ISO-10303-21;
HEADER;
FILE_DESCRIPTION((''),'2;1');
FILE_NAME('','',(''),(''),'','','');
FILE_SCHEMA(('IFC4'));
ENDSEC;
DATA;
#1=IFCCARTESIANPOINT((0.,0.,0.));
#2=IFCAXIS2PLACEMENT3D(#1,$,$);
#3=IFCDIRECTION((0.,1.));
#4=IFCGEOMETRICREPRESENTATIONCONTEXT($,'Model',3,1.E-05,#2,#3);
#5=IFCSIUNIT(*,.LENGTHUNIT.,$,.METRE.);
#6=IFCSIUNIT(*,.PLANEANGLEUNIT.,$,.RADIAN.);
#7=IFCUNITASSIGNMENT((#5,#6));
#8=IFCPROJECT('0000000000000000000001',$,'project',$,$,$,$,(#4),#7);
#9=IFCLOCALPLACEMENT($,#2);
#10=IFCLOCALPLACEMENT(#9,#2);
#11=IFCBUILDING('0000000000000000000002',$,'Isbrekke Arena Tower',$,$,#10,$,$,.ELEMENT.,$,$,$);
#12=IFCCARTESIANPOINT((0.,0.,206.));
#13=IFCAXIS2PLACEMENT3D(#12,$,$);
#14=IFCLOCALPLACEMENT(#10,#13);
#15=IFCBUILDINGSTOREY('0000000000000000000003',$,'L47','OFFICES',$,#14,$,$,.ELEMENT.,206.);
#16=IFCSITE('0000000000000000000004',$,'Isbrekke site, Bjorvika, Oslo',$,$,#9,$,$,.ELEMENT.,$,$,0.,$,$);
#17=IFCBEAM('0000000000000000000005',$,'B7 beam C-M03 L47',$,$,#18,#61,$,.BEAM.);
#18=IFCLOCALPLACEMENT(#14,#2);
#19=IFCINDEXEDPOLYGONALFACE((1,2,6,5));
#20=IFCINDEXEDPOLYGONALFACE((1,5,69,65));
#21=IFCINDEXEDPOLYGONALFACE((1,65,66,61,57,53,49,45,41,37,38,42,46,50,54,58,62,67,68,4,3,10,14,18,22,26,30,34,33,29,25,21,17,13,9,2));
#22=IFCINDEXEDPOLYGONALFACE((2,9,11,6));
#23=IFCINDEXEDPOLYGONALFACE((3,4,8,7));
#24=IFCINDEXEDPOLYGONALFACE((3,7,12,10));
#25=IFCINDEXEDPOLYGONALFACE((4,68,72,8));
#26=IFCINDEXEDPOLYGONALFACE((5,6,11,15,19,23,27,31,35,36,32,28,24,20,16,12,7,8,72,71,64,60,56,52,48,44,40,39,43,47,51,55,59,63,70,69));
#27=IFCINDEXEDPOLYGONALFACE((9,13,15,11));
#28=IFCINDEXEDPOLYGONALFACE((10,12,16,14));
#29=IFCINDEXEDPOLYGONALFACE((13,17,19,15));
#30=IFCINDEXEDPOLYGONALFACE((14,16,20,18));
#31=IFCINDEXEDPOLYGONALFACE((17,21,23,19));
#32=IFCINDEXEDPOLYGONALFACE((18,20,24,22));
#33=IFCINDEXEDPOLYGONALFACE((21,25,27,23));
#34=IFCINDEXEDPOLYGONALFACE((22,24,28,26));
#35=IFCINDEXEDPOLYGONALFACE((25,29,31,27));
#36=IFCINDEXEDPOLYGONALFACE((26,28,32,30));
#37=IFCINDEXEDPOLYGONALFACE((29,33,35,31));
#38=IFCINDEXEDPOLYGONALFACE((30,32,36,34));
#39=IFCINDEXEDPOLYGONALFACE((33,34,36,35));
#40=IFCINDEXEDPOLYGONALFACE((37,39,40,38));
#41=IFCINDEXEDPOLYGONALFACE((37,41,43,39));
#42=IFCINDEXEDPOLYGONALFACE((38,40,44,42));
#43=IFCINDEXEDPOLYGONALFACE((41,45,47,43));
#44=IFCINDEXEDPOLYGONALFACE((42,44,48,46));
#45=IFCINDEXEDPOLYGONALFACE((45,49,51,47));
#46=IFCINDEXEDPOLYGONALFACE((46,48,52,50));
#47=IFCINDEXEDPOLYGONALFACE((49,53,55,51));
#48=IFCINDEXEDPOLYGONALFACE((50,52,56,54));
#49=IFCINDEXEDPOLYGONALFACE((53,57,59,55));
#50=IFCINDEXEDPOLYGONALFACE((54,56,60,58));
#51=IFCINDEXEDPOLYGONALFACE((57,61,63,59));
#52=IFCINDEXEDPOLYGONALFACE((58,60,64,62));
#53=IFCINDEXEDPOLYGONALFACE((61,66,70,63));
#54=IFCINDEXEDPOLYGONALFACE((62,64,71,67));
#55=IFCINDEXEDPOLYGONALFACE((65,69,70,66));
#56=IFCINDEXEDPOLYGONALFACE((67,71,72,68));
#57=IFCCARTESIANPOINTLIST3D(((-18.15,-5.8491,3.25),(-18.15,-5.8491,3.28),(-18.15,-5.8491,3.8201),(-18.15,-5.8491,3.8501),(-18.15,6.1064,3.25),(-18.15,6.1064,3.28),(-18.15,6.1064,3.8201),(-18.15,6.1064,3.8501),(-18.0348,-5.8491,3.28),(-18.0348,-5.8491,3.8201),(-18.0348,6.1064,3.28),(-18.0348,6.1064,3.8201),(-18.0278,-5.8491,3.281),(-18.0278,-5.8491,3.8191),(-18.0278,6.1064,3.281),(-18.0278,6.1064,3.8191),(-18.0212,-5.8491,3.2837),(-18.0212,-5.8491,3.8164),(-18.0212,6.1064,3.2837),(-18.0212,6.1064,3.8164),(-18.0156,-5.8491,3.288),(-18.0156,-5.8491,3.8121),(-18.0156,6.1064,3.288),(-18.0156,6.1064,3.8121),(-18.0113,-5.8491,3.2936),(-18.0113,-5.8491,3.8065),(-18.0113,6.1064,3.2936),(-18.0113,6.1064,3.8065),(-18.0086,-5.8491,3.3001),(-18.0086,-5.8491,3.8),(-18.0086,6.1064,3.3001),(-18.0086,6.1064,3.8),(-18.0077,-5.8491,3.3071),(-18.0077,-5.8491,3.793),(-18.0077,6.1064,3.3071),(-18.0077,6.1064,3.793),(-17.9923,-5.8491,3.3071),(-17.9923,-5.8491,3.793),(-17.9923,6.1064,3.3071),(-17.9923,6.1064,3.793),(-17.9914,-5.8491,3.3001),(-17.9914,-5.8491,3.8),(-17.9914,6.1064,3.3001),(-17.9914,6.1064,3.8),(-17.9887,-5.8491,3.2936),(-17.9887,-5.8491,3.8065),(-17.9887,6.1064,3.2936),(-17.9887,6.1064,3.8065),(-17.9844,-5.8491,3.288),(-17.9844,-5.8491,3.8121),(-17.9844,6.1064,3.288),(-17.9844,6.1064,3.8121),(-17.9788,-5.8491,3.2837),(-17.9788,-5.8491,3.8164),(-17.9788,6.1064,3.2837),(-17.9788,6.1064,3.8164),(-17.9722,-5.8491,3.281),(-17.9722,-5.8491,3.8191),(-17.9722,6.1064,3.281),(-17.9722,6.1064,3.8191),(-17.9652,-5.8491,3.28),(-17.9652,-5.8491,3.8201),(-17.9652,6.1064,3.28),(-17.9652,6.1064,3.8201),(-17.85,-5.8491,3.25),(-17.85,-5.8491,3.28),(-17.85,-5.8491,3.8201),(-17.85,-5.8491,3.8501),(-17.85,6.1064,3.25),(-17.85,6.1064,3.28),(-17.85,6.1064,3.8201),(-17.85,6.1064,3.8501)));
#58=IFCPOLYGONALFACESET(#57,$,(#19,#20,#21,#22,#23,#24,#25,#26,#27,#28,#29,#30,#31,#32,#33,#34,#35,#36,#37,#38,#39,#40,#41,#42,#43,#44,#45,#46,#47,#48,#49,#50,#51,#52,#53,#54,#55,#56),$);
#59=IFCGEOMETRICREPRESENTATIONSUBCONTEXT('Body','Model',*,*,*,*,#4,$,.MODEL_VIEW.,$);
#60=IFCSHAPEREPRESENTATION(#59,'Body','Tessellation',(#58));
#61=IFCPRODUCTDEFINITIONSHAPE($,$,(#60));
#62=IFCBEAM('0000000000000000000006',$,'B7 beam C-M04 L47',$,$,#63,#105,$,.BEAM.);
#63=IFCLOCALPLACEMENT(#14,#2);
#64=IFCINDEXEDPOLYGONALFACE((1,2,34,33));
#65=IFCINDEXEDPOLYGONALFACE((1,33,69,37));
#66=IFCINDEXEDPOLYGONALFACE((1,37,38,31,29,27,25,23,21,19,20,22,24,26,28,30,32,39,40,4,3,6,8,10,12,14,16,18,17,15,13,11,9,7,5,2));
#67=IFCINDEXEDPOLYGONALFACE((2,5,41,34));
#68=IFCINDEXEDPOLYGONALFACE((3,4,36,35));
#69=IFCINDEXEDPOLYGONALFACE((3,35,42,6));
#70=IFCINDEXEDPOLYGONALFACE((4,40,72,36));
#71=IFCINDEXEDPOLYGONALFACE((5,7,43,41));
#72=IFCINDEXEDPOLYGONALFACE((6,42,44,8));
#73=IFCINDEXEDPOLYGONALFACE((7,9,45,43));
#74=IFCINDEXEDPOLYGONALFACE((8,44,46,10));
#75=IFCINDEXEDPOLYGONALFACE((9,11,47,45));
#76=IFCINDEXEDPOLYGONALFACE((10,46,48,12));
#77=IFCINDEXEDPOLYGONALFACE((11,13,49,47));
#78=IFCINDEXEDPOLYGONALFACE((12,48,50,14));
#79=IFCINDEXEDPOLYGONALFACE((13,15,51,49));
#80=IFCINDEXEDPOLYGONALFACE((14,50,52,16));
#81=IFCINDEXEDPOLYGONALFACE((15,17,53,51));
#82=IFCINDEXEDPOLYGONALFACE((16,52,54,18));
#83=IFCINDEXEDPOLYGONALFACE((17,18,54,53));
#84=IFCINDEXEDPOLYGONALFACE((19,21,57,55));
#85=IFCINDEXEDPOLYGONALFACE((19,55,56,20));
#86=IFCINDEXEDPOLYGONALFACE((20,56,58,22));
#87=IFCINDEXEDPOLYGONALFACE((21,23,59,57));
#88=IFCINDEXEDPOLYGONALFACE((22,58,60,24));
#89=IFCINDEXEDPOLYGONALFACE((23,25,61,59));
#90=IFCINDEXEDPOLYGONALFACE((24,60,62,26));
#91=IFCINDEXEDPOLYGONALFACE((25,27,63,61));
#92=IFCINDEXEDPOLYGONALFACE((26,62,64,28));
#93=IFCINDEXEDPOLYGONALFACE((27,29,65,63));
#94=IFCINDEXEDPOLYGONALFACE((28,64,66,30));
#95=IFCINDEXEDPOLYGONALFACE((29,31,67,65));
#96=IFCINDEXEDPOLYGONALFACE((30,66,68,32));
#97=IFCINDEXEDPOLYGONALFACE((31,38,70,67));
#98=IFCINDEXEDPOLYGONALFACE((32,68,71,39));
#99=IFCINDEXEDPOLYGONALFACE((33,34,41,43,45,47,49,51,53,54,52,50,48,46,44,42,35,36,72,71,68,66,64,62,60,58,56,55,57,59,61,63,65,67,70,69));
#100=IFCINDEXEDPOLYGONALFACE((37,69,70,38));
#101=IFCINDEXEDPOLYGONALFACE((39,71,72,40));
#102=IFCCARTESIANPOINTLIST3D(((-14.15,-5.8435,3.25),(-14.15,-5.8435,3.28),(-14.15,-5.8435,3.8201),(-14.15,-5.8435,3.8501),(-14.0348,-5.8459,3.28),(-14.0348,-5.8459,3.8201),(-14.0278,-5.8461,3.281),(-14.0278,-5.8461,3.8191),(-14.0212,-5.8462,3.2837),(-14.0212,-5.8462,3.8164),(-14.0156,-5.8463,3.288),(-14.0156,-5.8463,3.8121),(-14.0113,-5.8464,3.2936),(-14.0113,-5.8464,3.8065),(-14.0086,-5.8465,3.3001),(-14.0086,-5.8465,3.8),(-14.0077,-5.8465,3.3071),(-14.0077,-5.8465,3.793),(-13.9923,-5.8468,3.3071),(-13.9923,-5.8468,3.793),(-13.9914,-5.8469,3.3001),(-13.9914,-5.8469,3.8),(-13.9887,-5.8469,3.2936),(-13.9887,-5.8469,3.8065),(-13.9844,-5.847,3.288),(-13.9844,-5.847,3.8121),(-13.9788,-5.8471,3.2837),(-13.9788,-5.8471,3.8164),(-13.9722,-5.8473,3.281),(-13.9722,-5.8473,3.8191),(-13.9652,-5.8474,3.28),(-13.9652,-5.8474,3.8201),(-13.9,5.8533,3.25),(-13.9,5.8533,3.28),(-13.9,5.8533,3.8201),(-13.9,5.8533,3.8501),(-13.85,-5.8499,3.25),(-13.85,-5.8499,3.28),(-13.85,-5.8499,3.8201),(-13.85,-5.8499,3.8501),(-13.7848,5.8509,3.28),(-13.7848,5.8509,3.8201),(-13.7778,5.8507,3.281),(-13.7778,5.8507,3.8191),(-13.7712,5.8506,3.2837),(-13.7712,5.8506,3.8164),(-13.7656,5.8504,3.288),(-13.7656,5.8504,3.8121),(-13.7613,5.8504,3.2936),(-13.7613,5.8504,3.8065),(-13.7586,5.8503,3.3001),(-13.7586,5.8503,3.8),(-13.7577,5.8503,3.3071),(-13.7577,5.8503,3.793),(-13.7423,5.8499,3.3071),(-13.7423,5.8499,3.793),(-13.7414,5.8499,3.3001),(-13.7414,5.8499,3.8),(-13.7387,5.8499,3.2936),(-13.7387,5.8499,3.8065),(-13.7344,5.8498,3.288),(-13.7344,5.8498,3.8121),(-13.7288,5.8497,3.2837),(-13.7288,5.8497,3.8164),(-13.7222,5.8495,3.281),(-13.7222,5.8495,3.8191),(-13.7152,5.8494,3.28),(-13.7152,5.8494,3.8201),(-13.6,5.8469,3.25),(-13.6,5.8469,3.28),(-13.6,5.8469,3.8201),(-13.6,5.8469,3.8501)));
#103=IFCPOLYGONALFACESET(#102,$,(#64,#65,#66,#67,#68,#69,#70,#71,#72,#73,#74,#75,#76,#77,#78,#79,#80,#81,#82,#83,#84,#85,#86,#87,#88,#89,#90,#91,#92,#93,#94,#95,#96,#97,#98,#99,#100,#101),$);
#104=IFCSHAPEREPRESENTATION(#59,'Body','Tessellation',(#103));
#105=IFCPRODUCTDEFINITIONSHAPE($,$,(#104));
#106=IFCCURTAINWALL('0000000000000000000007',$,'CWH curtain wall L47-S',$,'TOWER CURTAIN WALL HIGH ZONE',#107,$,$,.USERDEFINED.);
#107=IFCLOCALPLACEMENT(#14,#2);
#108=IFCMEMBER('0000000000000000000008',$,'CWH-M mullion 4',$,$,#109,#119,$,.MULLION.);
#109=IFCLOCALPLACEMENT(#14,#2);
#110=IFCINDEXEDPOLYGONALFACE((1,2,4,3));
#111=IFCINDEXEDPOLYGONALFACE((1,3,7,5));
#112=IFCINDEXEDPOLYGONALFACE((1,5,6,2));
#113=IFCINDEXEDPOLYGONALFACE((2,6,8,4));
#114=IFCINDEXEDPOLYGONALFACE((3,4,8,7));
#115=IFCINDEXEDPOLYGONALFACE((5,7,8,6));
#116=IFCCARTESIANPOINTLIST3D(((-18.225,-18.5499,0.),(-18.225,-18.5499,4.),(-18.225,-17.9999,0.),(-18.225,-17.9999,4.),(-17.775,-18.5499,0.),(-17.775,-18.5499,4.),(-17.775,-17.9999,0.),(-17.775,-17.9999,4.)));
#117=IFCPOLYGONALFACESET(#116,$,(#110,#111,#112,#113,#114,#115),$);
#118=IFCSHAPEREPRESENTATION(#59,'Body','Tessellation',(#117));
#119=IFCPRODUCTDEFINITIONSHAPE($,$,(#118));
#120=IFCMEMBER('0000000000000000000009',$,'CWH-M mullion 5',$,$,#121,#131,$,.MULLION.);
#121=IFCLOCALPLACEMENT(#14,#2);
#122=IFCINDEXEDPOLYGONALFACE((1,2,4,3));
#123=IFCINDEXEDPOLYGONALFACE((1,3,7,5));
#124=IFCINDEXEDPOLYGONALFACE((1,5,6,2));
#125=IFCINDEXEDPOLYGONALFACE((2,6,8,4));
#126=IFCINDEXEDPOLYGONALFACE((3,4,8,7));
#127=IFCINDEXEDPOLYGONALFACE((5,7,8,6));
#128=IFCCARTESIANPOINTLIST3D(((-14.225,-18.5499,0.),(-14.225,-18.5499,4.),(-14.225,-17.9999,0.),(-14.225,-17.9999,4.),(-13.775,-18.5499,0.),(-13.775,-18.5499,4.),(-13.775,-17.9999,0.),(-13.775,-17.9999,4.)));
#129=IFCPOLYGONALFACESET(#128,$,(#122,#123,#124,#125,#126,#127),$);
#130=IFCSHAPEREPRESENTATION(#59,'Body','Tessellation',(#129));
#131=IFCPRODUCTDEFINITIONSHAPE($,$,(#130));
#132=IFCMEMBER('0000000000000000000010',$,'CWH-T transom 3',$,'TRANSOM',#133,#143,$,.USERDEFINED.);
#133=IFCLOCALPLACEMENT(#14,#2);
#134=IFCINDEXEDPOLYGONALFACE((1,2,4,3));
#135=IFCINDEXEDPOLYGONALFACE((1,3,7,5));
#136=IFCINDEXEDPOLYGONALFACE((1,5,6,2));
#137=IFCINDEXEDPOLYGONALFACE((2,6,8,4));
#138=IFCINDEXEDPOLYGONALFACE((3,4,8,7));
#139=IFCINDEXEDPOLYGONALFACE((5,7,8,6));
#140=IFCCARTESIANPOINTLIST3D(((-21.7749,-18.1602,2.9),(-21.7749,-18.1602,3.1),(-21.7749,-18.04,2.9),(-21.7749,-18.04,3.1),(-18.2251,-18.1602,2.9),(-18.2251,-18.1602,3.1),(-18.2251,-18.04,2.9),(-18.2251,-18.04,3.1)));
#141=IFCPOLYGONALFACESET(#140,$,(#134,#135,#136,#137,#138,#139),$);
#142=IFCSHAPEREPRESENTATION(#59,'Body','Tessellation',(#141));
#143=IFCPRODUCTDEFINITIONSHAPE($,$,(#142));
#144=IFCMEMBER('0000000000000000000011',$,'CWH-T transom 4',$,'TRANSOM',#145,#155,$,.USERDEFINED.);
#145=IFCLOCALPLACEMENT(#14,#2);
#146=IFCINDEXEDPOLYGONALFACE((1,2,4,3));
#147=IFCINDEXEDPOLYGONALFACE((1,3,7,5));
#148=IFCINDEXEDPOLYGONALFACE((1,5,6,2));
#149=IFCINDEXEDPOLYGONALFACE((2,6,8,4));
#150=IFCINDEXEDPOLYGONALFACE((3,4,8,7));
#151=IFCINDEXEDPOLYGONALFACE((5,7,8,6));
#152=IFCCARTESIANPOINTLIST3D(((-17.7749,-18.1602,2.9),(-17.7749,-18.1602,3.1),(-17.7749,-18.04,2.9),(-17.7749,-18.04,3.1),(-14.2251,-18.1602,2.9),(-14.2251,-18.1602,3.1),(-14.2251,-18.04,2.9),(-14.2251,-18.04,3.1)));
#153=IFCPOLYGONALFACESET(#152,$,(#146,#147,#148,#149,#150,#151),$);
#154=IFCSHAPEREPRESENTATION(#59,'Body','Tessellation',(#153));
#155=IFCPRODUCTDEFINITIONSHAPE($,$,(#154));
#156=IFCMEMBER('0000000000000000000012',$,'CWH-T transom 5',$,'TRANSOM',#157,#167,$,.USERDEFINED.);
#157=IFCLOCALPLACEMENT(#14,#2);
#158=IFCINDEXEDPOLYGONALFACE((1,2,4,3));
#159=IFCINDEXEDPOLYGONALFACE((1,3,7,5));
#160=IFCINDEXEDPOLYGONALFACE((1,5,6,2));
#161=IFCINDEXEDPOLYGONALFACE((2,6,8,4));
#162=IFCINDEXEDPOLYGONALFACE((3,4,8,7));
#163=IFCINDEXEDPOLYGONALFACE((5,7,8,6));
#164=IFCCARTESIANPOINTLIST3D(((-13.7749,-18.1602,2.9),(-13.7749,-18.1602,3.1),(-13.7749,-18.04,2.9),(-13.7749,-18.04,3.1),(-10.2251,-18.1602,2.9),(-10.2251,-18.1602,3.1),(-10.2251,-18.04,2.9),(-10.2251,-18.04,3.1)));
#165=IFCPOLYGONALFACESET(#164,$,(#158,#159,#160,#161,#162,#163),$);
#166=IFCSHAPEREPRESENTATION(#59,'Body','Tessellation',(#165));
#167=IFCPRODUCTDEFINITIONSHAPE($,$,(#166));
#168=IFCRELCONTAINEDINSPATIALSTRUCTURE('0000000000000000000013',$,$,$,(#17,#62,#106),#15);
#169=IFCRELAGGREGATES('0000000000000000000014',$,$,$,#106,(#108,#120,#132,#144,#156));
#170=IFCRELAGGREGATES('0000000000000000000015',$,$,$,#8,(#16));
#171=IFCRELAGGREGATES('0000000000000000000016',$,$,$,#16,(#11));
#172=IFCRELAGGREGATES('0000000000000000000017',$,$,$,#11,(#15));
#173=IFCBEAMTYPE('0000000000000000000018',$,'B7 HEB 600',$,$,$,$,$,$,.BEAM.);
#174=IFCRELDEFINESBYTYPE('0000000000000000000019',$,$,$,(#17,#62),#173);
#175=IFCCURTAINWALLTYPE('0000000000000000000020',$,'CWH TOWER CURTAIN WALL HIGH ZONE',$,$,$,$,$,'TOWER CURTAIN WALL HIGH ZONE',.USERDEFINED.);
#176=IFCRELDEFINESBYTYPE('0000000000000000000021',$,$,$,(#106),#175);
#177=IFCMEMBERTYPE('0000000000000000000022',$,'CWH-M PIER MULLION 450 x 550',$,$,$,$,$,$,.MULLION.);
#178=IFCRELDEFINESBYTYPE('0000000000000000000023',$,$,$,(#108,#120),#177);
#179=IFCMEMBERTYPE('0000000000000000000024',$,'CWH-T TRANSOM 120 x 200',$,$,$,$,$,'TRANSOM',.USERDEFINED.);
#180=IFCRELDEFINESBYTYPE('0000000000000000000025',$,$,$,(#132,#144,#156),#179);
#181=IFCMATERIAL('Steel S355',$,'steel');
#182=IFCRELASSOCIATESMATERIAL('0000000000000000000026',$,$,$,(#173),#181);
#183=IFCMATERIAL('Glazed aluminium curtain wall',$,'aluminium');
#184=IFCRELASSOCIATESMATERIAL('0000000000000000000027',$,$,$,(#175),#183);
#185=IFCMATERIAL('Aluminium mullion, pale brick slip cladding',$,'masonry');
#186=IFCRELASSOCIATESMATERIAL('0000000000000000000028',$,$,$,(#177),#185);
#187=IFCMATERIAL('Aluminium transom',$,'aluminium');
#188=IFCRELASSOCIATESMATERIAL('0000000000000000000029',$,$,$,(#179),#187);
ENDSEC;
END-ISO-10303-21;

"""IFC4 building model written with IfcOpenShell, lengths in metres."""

from ifc_helpers import new_model, si_unit, direction, frame, origin, origin_2d, place, context, subcontext, project, spatial, rectangle, i_section, extrude, material, material_profile, profile_set, type_object, element, aggregate, save


model = new_model("IFC4")

# Units and contexts
model_context = context("Model", 3, precision=1e-05, world=origin(), true_north=direction((0.0, 1.0)))
body_context = subcontext(model_context, "Body", "Model", "MODEL_VIEW")
ifc_project = project(units=[si_unit("LENGTHUNIT", "METRE"), si_unit("PLANEANGLEUNIT", "RADIAN")], contexts=[model_context])

# Site, building, storey
site_placement = place(None, origin())
site = spatial("IfcSite", under=ifc_project, at=site_placement, Name="Isbrekke site, Bjorvika, Oslo", CompositionType="ELEMENT", RefElevation=0.0)
building_placement = place(site_placement, origin())
building = spatial("IfcBuilding", under=site, at=building_placement, Name="Isbrekke Arena Tower", CompositionType="ELEMENT")
storey_placement = place(building_placement, frame((0.0, 0.0, 206.0)))
storey = spatial("IfcBuildingStorey", under=building, at=storey_placement, Name="L47", Description="OFFICES", CompositionType="ELEMENT", Elevation=206.0)

# Beams
ifc_material_1 = material(Name="Steel S355", Category="steel")
ifc_material_profile_1 = material_profile(ifc_material_1, i_section(OverallWidth=0.3, OverallDepth=0.6001, WebThickness=0.0154, FlangeThickness=0.03, FilletRadius=0.0271, at=origin_2d()), Name="HEB 600")
ifc_profile_set_1 = profile_set([ifc_material_profile_1], Name="Steel S355")
beam_type_1 = type_object("IfcBeamType", Name="B7 HEB 600", PredefinedType="BEAM", material=ifc_profile_set_1)
beam_1_placement = place(storey_placement, frame((-18.0, -5.8491, 3.55), z_axis=(0.0, 1.0, 0.0), x_axis=(-1.0, 0.0, 0.0)))
element("IfcBeam", 1, at=beam_1_placement, inside=storey, type_object=beam_type_1, Name="B7 beam C-M03 L47", PredefinedType="BEAM", context=body_context, shape_type="SweptSolid", body=[
    extrude(i_section(OverallWidth=0.3, OverallDepth=0.6001, WebThickness=0.0154, FlangeThickness=0.03, FilletRadius=0.0271, at=origin_2d()), origin(), (0.0, 0.0, 1.0), 11.9556),
])
beam_2_placement = place(storey_placement, frame((-14.0, -5.8467, 3.55), z_axis=(0.021369, 0.999772, 0.0), x_axis=(-0.999772, 0.021369, 0.0)))
element("IfcBeam", 2, at=beam_2_placement, inside=storey, type_object=beam_type_1, Name="B7 beam C-M04 L47", PredefinedType="BEAM", context=body_context, shape_type="SweptSolid", body=[
    extrude(i_section(OverallWidth=0.3, OverallDepth=0.6001, WebThickness=0.0154, FlangeThickness=0.03, FilletRadius=0.0271, at=origin_2d()), origin(), (0.0, 0.0, 1.0), 11.6995),
])

# Curtain wall, members
ifc_material_2 = material(Name="Glazed aluminium curtain wall", Category="aluminium")
curtain_wall_type = type_object("IfcCurtainWallType", Name="CWH TOWER CURTAIN WALL HIGH ZONE", ElementType="TOWER CURTAIN WALL HIGH ZONE", PredefinedType="USERDEFINED", material=ifc_material_2)
curtain_wall_placement = place(storey_placement, origin())
curtain_wall = element("IfcCurtainWall", 3, at=curtain_wall_placement, inside=storey, type_object=curtain_wall_type, Name="CWH curtain wall L47-S", ObjectType="TOWER CURTAIN WALL HIGH ZONE", PredefinedType="USERDEFINED")
ifc_material_3 = material(Name="Aluminium mullion, pale brick slip cladding", Category="masonry")
ifc_material_profile_2 = material_profile(ifc_material_3, rectangle(XDim=0.45, YDim=0.55, at=origin_2d()), Name="PIER 450X550")
ifc_profile_set_2 = profile_set([ifc_material_profile_2], Name="Aluminium mullion, pale brick slip cladding")
member_type_1 = type_object("IfcMemberType", Name="CWH-M PIER MULLION 450 x 550", PredefinedType="MULLION", material=ifc_profile_set_2)
member_1_placement = place(storey_placement, frame((-18.0, -18.2749, 0.0), z_axis=(0.0, 0.0, 1.0), x_axis=(1.0, 0.0, 0.0)))
member_1 = element("IfcMember", 4, at=member_1_placement, type_object=member_type_1, Name="CWH-M mullion 4", PredefinedType="MULLION", context=body_context, shape_type="SweptSolid", body=[
    extrude(rectangle(XDim=0.45, YDim=0.55, at=origin_2d()), origin(), (0.0, 0.0, 1.0), 4.0),
])
member_2_placement = place(storey_placement, frame((-14.0, -18.2749, 0.0), z_axis=(0.0, 0.0, 1.0), x_axis=(1.0, 0.0, 0.0)))
member_2 = element("IfcMember", 5, at=member_2_placement, type_object=member_type_1, Name="CWH-M mullion 5", PredefinedType="MULLION", context=body_context, shape_type="SweptSolid", body=[
    extrude(rectangle(XDim=0.45, YDim=0.55, at=origin_2d()), origin(), (0.0, 0.0, 1.0), 4.0),
])
ifc_material_4 = material(Name="Aluminium transom", Category="aluminium")
ifc_material_profile_3 = material_profile(ifc_material_4, rectangle(XDim=0.1201, YDim=0.2, at=origin_2d()), Name="TRANSOM 120X200")
ifc_profile_set_3 = profile_set([ifc_material_profile_3], Name="Aluminium transom")
member_type_2 = type_object("IfcMemberType", Name="CWH-T TRANSOM 120 x 200", ElementType="TRANSOM", PredefinedType="USERDEFINED", material=ifc_profile_set_3)
member_3_placement = place(storey_placement, frame((-21.7749, -18.1001, 3.0), z_axis=(1.0, 0.0, 0.0), x_axis=(0.0, 1.0, 0.0)))
member_3 = element("IfcMember", 6, at=member_3_placement, type_object=member_type_2, Name="CWH-T transom 3", ObjectType="TRANSOM", PredefinedType="USERDEFINED", context=body_context, shape_type="SweptSolid", body=[
    extrude(rectangle(XDim=0.1201, YDim=0.2, at=origin_2d()), origin(), (0.0, 0.0, 1.0), 3.5498),
])
member_4_placement = place(storey_placement, frame((-17.7749, -18.1001, 3.0), z_axis=(1.0, 0.0, 0.0), x_axis=(0.0, 1.0, 0.0)))
member_4 = element("IfcMember", 7, at=member_4_placement, type_object=member_type_2, Name="CWH-T transom 4", ObjectType="TRANSOM", PredefinedType="USERDEFINED", context=body_context, shape_type="SweptSolid", body=[
    extrude(rectangle(XDim=0.1201, YDim=0.2, at=origin_2d()), origin(), (0.0, 0.0, 1.0), 3.5498),
])
member_5_placement = place(storey_placement, frame((-13.7749, -18.1001, 3.0), z_axis=(1.0, 0.0, 0.0), x_axis=(0.0, 1.0, 0.0)))
member_5 = element("IfcMember", 8, at=member_5_placement, type_object=member_type_2, Name="CWH-T transom 5", ObjectType="TRANSOM", PredefinedType="USERDEFINED", context=body_context, shape_type="SweptSolid", body=[
    extrude(rectangle(XDim=0.1201, YDim=0.2, at=origin_2d()), origin(), (0.0, 0.0, 1.0), 3.5498),
])

aggregate(curtain_wall, [member_1, member_2, member_3, member_4, member_5])

save(model, "model.ifc")
